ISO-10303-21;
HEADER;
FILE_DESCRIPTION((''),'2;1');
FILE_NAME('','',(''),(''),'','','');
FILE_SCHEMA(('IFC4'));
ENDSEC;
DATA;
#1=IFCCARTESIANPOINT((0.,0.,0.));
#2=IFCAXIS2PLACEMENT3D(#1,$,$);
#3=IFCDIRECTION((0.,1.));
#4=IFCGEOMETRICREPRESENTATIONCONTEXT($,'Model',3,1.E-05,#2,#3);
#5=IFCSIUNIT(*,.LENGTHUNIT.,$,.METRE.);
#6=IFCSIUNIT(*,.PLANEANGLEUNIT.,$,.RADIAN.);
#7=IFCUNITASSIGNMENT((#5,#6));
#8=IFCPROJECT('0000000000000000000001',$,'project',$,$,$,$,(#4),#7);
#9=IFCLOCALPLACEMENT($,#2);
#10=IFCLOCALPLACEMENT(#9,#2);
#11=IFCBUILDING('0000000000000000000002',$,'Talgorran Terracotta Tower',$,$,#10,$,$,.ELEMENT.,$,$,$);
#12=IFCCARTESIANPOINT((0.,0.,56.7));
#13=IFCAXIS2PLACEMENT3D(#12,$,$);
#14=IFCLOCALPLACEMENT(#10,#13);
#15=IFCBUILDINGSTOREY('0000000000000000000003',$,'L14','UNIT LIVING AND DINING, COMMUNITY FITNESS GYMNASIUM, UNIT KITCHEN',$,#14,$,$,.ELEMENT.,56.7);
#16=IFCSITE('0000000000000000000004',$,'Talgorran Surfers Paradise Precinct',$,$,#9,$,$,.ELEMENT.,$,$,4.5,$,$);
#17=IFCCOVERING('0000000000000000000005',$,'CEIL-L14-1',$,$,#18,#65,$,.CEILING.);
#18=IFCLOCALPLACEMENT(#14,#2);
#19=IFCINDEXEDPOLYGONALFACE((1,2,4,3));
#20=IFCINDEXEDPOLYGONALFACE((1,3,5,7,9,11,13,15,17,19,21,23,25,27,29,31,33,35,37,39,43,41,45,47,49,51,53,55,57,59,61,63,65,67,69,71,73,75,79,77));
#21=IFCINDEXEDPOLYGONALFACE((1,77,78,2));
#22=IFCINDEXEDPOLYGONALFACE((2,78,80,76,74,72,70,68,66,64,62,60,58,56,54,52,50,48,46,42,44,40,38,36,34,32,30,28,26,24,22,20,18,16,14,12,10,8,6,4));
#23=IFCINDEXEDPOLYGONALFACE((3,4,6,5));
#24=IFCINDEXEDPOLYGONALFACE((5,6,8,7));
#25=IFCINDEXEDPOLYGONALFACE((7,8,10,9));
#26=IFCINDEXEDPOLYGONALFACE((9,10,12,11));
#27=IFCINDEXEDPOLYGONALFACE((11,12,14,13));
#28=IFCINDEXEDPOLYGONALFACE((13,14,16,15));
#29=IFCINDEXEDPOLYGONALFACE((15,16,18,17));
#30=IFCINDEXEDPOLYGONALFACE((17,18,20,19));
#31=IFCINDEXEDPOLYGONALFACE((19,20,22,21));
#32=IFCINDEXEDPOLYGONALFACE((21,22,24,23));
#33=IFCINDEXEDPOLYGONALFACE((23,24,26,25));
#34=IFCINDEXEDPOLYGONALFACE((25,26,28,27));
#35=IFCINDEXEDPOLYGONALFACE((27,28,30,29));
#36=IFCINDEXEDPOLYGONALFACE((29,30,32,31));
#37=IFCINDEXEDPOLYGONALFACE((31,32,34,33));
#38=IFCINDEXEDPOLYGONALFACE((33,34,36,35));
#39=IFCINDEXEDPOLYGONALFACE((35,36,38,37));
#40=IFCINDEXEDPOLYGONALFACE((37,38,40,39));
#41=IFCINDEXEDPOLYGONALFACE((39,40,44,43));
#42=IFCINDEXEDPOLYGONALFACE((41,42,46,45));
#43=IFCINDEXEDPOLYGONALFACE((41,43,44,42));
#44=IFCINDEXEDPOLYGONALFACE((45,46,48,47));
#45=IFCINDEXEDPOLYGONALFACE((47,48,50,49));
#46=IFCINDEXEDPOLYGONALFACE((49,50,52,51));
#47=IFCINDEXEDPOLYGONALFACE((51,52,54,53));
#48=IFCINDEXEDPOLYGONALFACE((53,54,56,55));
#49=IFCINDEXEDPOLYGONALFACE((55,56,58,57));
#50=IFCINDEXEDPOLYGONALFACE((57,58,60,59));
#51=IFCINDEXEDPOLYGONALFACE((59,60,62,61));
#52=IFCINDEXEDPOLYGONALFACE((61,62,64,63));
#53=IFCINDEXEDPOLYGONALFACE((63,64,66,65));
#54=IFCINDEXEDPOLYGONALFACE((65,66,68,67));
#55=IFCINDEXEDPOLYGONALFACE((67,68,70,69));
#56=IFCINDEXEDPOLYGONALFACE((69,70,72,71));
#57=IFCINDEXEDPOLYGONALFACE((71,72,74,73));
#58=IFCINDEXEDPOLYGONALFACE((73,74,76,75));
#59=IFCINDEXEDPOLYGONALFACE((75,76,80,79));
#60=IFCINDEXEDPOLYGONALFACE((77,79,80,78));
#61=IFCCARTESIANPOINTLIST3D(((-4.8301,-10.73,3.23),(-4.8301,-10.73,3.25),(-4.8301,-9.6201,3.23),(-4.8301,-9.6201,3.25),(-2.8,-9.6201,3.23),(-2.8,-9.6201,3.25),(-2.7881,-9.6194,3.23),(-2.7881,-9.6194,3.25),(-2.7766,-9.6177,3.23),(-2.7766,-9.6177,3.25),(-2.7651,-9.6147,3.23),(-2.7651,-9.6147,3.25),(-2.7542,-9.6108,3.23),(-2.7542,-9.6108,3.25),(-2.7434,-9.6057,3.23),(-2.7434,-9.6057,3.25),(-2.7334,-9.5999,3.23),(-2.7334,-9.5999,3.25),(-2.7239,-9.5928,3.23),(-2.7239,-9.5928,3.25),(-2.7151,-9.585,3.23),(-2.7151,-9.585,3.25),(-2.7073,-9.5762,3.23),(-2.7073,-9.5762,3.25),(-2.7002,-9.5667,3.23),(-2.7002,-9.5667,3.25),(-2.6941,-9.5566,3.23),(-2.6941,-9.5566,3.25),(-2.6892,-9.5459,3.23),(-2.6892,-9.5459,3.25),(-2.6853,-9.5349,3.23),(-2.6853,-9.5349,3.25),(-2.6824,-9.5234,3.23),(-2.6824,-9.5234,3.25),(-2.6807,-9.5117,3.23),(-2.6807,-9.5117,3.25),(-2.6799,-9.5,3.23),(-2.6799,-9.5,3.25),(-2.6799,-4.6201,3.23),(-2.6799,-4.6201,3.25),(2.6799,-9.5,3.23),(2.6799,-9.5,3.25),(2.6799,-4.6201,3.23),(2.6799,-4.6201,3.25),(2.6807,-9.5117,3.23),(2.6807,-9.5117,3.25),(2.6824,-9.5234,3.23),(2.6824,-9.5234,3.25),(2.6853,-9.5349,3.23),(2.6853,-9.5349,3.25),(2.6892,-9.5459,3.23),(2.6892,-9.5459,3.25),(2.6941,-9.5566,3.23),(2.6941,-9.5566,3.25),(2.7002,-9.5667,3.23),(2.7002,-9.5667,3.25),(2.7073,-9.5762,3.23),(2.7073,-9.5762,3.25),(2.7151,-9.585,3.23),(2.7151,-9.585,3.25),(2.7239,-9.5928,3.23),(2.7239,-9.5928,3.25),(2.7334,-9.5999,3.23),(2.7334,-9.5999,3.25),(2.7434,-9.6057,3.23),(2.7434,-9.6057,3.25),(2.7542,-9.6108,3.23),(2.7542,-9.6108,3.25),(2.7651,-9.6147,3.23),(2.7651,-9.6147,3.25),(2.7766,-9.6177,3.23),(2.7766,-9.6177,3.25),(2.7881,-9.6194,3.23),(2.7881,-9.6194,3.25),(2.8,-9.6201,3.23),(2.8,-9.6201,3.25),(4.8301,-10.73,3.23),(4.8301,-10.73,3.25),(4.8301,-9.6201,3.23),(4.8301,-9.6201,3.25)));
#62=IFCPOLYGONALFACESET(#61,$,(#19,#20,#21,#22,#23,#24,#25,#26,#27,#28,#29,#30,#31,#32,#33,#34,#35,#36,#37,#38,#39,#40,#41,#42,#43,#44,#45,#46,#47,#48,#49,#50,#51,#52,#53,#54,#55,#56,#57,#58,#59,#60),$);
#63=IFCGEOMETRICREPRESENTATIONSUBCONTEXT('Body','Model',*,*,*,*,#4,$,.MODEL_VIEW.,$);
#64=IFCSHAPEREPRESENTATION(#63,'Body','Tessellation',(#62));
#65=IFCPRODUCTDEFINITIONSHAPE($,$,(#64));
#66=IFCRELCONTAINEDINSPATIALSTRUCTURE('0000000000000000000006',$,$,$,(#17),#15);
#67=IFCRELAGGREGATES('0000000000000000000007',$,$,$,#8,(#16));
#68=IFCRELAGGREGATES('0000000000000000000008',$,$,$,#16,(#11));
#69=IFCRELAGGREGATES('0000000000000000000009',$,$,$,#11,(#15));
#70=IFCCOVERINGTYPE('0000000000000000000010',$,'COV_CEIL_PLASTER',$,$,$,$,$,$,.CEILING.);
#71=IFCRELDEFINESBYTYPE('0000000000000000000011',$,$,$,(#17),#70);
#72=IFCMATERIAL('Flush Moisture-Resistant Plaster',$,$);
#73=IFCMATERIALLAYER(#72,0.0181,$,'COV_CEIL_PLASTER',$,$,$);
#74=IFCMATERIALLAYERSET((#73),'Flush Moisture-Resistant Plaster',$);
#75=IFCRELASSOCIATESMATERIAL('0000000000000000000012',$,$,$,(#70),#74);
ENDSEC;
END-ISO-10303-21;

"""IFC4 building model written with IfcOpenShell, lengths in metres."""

from ifc_helpers import new_model, si_unit, direction, frame, origin, place, context, subcontext, project, spatial, polyline, outline, extrude, material, layer, layer_set, type_object, element, save


model = new_model("IFC4")

# Units and contexts
model_context = context("Model", 3, precision=1e-05, world=origin(), true_north=direction((0.0, 1.0)))
body_context = subcontext(model_context, "Body", "Model", "MODEL_VIEW")
ifc_project = project(units=[si_unit("LENGTHUNIT", "METRE"), si_unit("PLANEANGLEUNIT", "RADIAN")], contexts=[model_context])

# Site, building, storey
site_placement = place(None, origin())
site = spatial("IfcSite", under=ifc_project, at=site_placement, Name="Talgorran Surfers Paradise Precinct", CompositionType="ELEMENT", RefElevation=4.5)
building_placement = place(site_placement, origin())
building = spatial("IfcBuilding", under=site, at=building_placement, Name="Talgorran Terracotta Tower", CompositionType="ELEMENT")
storey_placement = place(building_placement, frame((0.0, 0.0, 56.7)))
storey = spatial("IfcBuildingStorey", under=building, at=storey_placement, Name="L14", Description="UNIT LIVING AND DINING, COMMUNITY FITNESS GYMNASIUM, UNIT KITCHEN", CompositionType="ELEMENT", Elevation=56.7)

# Covering
ifc_material_1 = material(Name="Flush Moisture-Resistant Plaster")
ifc_layer_1 = layer(ifc_material_1, 0.0181, Name="COV_CEIL_PLASTER")
ifc_layer_set_1 = layer_set([ifc_layer_1], Name="Flush Moisture-Resistant Plaster")
covering_type_1 = type_object("IfcCoveringType", Name="COV_CEIL_PLASTER", PredefinedType="CEILING", material=ifc_layer_set_1)
covering_1_placement = place(storey_placement, frame((0.0, 0.0, 3.23)))
element("IfcCovering", 1, at=covering_1_placement, inside=storey, type_object=covering_type_1, Name="CEIL-L14-1", PredefinedType="CEILING", context=body_context, shape_type="SweptSolid", body=[
    extrude(outline(polyline([(-4.8301, -9.6201), (-2.8, -9.6201), (-2.7881, -9.6194), (-2.7766, -9.6177), (-2.7651, -9.6147), (-2.7542, -9.6108), (-2.7434, -9.6057), (-2.7334, -9.5999), (-2.7239, -9.5928), (-2.7151, -9.585), (-2.7073, -9.5762), (-2.7002, -9.5667), (-2.6941, -9.5566), (-2.6892, -9.5459), (-2.6853, -9.5349), (-2.6824, -9.5234), (-2.6807, -9.5117), (-2.6799, -9.5), (-2.6799, -4.6201), (2.6799, -4.6201), (2.6799, -9.5), (2.6807, -9.5117), (2.6824, -9.5234), (2.6853, -9.5349), (2.6892, -9.5459), (2.6941, -9.5566), (2.7002, -9.5667), (2.7073, -9.5762), (2.7151, -9.585), (2.7239, -9.5928), (2.7334, -9.5999), (2.7434, -9.6057), (2.7542, -9.6108), (2.7651, -9.6147), (2.7766, -9.6177), (2.7881, -9.6194), (2.8, -9.6201), (4.8301, -9.6201), (4.8301, -10.73), (-4.8301, -10.73), (-4.8301, -9.6201)])), origin(), (0.0, 0.0, 1.0), 0.02),
])

save(model, "model.ifc")
